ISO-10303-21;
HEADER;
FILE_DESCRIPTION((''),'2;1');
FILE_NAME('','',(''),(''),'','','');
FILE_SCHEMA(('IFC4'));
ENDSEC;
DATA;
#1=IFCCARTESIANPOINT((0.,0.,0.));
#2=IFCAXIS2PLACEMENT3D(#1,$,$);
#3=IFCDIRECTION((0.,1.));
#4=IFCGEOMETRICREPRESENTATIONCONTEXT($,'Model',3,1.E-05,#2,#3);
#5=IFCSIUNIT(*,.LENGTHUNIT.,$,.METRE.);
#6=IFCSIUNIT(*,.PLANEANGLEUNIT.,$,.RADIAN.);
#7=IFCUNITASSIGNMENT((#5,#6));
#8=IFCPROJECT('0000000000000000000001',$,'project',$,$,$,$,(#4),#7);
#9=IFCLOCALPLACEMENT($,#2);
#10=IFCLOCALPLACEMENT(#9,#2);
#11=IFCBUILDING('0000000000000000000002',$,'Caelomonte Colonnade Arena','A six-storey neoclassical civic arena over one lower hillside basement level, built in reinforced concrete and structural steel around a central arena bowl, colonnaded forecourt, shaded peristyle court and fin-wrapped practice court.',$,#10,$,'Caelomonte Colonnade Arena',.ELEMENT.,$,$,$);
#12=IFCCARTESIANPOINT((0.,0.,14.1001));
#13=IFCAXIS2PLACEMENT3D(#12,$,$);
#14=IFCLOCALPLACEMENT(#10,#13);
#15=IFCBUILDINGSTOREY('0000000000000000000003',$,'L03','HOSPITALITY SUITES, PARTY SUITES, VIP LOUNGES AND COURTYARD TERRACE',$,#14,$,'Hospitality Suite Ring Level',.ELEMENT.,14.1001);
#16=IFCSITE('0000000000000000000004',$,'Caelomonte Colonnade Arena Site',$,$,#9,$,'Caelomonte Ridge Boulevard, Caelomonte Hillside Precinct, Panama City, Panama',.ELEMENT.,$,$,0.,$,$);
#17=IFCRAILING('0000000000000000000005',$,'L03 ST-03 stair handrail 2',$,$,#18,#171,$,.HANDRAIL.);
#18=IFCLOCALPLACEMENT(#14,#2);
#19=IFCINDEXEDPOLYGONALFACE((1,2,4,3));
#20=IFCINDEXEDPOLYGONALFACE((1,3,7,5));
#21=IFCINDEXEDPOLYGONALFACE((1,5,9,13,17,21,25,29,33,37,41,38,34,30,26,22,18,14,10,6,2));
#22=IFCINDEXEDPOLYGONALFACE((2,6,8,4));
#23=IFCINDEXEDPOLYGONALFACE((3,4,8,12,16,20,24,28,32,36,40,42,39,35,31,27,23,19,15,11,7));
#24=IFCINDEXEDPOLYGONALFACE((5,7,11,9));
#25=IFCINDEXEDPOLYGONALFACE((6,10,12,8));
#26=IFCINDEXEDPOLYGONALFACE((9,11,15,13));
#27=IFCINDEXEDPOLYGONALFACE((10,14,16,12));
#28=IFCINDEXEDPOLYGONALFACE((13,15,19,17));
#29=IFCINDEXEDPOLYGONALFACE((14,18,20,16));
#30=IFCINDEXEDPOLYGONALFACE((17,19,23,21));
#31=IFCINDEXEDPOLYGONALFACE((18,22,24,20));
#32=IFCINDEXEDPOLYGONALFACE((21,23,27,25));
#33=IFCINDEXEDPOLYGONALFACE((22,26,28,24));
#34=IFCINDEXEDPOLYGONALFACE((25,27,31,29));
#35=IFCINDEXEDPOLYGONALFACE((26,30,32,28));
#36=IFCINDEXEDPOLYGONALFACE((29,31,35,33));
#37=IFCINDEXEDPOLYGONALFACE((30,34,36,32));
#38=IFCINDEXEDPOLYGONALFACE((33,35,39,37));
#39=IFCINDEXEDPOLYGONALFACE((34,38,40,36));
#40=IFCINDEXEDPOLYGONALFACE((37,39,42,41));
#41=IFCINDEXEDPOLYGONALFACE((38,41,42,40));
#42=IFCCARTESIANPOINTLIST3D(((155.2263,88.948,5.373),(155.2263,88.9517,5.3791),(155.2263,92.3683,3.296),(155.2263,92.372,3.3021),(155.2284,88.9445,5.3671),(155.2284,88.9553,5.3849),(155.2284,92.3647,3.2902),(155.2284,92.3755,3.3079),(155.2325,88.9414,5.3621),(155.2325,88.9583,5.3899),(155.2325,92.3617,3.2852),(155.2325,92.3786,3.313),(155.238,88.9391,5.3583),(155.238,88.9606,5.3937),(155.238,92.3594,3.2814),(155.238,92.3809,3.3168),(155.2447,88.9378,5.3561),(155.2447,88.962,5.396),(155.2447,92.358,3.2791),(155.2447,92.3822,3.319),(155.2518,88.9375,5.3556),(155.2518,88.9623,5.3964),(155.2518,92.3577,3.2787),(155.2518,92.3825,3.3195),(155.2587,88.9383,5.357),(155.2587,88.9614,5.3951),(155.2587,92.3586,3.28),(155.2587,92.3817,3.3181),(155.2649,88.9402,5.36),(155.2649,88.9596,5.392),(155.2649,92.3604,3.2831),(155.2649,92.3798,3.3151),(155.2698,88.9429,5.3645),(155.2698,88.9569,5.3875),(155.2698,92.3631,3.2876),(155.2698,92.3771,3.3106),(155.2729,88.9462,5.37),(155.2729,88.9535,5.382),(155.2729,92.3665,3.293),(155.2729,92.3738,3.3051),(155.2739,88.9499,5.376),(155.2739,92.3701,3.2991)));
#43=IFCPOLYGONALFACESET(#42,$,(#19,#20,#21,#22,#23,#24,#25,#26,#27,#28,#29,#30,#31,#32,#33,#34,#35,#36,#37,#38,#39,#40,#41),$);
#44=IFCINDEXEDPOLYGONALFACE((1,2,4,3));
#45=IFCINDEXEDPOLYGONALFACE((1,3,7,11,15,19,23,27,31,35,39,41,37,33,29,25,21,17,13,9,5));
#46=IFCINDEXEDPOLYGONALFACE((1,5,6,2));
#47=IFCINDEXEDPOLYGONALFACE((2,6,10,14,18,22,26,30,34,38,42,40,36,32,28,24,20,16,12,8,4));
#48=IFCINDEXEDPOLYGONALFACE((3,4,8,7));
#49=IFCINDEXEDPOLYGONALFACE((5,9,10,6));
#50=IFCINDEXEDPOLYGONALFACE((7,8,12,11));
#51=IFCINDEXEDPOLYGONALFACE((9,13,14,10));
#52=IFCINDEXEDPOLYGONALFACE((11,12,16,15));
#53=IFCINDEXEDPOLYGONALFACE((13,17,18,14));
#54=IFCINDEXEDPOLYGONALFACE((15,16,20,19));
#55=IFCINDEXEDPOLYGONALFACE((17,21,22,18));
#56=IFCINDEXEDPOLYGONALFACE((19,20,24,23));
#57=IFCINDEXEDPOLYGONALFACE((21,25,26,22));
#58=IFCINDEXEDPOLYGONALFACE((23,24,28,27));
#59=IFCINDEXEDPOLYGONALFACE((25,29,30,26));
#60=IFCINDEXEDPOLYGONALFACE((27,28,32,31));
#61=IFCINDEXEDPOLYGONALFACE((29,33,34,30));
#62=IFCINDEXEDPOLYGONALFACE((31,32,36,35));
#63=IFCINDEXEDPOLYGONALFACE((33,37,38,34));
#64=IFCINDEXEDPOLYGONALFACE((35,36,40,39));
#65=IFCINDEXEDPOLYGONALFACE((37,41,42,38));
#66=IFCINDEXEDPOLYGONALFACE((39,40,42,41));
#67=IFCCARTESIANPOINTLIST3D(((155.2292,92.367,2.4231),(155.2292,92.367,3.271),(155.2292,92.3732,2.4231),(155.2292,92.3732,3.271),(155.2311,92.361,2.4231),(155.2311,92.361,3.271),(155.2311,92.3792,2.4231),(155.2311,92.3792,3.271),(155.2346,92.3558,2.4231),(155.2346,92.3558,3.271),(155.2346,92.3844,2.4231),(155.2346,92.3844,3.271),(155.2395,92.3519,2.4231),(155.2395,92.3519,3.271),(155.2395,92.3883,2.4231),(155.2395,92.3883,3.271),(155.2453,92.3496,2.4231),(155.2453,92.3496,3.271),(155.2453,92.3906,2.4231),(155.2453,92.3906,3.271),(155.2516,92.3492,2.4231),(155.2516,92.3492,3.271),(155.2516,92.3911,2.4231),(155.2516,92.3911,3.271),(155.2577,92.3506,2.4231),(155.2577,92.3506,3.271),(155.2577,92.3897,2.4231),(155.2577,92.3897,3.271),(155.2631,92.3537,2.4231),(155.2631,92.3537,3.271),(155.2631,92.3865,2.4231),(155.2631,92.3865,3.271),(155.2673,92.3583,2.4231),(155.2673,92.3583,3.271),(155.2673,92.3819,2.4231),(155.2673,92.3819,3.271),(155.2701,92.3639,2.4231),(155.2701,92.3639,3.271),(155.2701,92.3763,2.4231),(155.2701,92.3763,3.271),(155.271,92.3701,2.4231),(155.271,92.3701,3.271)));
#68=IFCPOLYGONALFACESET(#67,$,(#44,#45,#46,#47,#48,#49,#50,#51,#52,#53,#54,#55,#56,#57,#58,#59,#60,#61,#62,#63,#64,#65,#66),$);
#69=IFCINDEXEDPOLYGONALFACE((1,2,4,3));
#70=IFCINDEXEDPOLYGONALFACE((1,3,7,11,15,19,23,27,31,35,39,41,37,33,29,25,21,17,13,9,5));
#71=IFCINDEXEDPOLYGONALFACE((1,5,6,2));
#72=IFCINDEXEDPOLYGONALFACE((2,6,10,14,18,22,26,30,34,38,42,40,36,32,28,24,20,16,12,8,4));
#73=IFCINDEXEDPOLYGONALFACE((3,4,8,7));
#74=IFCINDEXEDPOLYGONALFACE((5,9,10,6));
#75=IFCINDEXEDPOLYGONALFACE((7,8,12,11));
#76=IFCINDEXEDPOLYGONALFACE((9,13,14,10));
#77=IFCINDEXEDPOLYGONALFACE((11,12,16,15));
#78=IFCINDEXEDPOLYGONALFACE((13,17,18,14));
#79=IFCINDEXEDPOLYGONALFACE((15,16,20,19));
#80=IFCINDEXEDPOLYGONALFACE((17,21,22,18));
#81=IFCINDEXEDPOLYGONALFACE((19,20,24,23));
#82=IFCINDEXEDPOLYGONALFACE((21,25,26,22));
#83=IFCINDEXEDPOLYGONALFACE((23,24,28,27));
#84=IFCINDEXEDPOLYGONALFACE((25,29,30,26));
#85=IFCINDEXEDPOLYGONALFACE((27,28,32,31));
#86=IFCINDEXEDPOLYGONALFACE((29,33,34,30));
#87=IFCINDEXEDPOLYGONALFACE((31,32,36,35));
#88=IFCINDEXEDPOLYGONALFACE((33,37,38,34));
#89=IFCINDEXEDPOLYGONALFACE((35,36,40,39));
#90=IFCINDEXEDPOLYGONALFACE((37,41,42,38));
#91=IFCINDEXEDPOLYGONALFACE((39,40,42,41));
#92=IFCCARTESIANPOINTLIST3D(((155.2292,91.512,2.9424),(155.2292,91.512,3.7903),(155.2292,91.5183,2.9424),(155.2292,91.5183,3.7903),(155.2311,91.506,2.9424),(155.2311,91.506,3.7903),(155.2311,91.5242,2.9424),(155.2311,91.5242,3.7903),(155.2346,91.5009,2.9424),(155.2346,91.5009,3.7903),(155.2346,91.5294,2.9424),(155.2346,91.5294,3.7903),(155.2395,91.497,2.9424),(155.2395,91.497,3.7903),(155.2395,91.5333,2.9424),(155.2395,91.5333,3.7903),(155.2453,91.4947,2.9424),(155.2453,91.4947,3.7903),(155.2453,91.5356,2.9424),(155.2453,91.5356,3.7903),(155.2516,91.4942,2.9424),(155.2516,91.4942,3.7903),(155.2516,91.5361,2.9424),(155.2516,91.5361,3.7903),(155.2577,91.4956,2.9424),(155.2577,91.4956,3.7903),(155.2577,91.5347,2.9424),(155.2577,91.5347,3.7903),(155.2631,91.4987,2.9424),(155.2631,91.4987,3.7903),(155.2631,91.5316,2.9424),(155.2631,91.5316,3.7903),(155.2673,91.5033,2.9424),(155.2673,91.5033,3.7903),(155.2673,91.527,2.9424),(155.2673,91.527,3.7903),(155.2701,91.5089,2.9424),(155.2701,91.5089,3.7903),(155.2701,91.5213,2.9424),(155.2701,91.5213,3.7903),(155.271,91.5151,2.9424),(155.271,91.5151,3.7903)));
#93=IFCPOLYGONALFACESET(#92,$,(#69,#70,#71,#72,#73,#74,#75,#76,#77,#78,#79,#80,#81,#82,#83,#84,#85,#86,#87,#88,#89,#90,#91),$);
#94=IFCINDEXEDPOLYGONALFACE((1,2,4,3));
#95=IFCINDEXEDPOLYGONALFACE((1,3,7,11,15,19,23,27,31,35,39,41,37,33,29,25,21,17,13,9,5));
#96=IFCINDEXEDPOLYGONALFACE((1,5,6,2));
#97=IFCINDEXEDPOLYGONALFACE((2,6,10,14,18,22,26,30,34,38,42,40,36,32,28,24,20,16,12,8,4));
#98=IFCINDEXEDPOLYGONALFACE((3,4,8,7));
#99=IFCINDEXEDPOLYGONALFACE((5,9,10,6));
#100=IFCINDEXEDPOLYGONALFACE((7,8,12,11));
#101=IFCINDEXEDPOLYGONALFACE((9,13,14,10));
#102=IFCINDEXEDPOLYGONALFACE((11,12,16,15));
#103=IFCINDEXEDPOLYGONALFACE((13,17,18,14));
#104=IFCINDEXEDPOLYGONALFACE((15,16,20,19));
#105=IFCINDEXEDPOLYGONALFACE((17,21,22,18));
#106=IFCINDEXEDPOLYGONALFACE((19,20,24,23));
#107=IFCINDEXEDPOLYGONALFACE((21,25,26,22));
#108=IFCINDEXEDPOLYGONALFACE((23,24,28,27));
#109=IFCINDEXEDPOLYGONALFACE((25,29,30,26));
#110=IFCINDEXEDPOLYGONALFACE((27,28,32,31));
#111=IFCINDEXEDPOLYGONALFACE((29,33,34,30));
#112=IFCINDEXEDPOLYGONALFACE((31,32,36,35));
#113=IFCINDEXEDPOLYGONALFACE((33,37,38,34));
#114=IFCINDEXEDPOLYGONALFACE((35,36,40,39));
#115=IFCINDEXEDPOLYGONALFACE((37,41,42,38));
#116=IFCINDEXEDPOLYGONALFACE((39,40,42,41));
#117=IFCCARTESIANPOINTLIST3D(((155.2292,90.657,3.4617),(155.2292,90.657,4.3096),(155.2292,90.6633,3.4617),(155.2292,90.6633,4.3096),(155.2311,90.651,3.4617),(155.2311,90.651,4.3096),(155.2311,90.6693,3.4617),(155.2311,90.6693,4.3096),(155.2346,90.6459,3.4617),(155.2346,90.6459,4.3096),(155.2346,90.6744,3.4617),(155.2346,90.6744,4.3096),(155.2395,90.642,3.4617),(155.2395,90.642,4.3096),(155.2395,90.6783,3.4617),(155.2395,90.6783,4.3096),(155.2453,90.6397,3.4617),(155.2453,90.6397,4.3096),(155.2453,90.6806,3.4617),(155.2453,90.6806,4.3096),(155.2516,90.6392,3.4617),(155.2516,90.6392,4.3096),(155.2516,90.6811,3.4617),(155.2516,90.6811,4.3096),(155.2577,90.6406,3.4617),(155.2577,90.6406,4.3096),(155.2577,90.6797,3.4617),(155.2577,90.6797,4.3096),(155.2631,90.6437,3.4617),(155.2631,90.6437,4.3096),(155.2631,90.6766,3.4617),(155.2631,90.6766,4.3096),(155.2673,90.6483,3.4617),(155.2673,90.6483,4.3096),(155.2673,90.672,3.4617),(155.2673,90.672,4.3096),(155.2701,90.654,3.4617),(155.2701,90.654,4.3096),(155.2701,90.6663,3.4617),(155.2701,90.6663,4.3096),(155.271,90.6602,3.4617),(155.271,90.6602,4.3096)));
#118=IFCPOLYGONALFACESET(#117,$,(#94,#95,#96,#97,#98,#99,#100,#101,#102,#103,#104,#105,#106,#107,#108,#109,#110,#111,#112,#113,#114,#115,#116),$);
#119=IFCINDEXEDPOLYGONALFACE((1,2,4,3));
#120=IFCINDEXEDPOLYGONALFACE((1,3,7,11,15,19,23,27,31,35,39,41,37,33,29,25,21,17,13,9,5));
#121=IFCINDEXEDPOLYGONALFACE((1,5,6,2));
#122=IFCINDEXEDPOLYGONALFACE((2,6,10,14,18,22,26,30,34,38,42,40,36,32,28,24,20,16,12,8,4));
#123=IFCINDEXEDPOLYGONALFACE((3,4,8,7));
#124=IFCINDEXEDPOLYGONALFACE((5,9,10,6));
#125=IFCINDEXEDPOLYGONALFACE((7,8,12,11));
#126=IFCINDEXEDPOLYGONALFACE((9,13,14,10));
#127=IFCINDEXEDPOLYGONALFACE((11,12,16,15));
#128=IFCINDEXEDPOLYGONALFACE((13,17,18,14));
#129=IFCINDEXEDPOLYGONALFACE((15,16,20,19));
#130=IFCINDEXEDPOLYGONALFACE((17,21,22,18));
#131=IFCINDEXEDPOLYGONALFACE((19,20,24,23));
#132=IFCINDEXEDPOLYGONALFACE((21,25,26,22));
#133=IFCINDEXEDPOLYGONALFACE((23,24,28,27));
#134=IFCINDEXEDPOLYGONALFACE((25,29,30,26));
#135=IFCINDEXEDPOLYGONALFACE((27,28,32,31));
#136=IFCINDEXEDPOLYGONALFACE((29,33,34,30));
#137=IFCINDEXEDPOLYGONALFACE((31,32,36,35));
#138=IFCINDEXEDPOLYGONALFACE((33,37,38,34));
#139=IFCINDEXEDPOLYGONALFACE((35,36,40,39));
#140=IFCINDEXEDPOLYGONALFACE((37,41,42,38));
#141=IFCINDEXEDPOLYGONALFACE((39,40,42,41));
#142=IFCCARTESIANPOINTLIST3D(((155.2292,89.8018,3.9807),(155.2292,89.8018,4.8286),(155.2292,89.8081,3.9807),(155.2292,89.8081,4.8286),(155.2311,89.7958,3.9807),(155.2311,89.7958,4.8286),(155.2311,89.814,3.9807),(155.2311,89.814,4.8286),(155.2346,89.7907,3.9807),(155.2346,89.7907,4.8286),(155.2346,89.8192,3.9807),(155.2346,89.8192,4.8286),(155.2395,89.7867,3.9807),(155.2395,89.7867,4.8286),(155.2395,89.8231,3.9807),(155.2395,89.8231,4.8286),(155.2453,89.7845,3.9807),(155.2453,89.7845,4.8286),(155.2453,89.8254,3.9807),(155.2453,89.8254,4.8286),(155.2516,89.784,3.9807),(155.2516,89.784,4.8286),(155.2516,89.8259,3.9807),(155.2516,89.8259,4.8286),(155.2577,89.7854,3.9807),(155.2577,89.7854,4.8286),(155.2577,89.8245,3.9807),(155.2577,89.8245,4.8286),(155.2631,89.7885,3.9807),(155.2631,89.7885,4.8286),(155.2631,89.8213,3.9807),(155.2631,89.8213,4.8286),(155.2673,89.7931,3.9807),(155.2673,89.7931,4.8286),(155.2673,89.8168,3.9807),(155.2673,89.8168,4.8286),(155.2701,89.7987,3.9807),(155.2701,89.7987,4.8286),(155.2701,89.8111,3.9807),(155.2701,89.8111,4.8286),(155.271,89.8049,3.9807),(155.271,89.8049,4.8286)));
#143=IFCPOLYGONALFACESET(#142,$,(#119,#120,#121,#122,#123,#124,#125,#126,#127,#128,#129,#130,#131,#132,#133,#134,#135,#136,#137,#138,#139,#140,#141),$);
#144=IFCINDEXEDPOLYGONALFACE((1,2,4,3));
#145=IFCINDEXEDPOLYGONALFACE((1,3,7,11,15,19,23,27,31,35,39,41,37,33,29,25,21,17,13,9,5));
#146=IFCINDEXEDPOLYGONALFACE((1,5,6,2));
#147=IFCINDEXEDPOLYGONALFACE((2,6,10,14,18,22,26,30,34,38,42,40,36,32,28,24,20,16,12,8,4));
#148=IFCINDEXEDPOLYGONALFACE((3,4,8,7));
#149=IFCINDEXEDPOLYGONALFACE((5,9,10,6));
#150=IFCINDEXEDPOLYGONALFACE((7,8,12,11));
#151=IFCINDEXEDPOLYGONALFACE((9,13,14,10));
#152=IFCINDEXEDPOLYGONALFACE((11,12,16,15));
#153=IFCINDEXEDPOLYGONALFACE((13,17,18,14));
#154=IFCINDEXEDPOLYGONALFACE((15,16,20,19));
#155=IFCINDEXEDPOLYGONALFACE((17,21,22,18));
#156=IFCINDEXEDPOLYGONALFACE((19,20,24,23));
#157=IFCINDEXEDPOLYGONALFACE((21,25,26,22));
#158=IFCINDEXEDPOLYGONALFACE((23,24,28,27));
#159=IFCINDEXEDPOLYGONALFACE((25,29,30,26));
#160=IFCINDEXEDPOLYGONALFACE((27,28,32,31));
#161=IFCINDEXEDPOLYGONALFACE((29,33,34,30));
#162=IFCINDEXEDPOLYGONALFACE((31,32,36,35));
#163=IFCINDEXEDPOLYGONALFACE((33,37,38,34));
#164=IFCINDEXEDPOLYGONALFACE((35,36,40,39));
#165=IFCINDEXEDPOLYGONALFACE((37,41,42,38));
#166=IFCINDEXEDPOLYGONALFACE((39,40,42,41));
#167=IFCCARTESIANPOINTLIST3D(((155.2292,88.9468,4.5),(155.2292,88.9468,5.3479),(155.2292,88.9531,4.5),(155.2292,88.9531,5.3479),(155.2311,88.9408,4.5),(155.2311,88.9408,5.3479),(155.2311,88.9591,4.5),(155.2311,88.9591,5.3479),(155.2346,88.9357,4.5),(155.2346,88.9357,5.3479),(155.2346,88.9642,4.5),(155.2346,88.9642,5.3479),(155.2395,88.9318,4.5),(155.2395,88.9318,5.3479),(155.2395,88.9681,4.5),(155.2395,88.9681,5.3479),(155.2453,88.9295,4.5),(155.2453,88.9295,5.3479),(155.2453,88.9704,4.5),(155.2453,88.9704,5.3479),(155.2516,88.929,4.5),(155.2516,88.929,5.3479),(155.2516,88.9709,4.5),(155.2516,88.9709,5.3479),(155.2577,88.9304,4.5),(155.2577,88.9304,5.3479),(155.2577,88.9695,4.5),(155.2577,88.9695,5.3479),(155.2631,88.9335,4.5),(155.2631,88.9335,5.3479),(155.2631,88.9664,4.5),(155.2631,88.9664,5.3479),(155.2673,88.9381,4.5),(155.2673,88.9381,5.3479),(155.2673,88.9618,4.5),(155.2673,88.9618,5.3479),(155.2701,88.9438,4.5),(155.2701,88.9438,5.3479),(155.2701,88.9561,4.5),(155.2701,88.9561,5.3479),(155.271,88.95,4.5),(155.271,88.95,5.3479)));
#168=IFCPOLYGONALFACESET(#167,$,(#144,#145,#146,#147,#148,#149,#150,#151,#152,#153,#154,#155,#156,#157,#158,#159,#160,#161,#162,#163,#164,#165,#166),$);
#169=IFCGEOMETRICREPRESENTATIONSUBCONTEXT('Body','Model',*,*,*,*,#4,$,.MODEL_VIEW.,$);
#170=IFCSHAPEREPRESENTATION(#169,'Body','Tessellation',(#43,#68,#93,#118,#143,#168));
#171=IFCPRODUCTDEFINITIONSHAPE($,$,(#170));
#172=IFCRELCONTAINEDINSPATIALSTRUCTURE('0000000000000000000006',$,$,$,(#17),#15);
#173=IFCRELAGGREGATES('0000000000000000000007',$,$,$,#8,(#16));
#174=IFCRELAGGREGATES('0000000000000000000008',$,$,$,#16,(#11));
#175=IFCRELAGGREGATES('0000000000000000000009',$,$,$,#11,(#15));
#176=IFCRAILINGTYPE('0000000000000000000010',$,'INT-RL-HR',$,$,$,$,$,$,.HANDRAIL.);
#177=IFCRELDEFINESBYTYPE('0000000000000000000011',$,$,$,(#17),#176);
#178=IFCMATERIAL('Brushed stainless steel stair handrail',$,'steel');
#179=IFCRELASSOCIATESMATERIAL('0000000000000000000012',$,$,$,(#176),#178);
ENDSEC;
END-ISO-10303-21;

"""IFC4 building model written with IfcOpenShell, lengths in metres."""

from ifc_helpers import new_model, si_unit, direction, frame, origin, origin_2d, place, context, subcontext, project, spatial, circle, extrude, material, type_object, element, save


model = new_model("IFC4")

# Units and contexts
model_context = context("Model", 3, precision=1e-05, world=origin(), true_north=direction((0.0, 1.0)))
body_context = subcontext(model_context, "Body", "Model", "MODEL_VIEW")
ifc_project = project(units=[si_unit("LENGTHUNIT", "METRE"), si_unit("PLANEANGLEUNIT", "RADIAN")], contexts=[model_context])

# Site, building, storey
site_placement = place(None, origin())
site = spatial("IfcSite", under=ifc_project, at=site_placement, Name="Caelomonte Colonnade Arena Site", LongName="Caelomonte Ridge Boulevard, Caelomonte Hillside Precinct, Panama City, Panama", CompositionType="ELEMENT", RefElevation=0.0)
building_placement = place(site_placement, origin())
building = spatial("IfcBuilding", under=site, at=building_placement, Name="Caelomonte Colonnade Arena", Description="A six-storey neoclassical civic arena over one lower hillside basement level, built in reinforced concrete and structural steel around a central arena bowl, colonnaded forecourt, shaded peristyle court and fin-wrapped practice court.", LongName="Caelomonte Colonnade Arena", CompositionType="ELEMENT")
storey_placement = place(building_placement, frame((0.0, 0.0, 14.1001)))
storey = spatial("IfcBuildingStorey", under=building, at=storey_placement, Name="L03", Description="HOSPITALITY SUITES, PARTY SUITES, VIP LOUNGES AND COURTYARD TERRACE", LongName="Hospitality Suite Ring Level", CompositionType="ELEMENT", Elevation=14.1001)

# Railing
ifc_material_1 = material(Name="Brushed stainless steel stair handrail", Category="steel")
railing_type_1 = type_object("IfcRailingType", Name="INT-RL-HR", PredefinedType="HANDRAIL", material=ifc_material_1)
railing_1_placement = place(storey_placement, frame((155.25, 92.3701, 2.4231)))
element("IfcRailing", 1, at=railing_1_placement, inside=storey, type_object=railing_type_1, Name="L03 ST-03 stair handrail 2", PredefinedType="HANDRAIL", context=body_context, shape_type="SweptSolid", body=[
    extrude(circle(Radius=0.0239, at=origin_2d()), frame((0.0, 0.0, 0.876), z_axis=(0.0, -0.854746, 0.519047), x_axis=(1.0, 0.0, 0.0)), (0.0, 0.0, 1.0), 4.0015),
    extrude(circle(Radius=0.021, at=origin_2d()), origin(), (0.0, 0.0, 1.0), 0.8479),
    extrude(circle(Radius=0.021, at=origin_2d()), frame((0.0, -0.855, 0.5193)), (0.0, 0.0, 1.0), 0.8479),
    extrude(circle(Radius=0.021, at=origin_2d()), frame((0.0, -1.71, 1.0386)), (0.0, 0.0, 1.0), 0.8479),
    extrude(circle(Radius=0.021, at=origin_2d()), frame((0.0, -2.5652, 1.5576)), (0.0, 0.0, 1.0), 0.8479),
    extrude(circle(Radius=0.021, at=origin_2d()), frame((0.0, -3.4202, 2.0769)), (0.0, 0.0, 1.0), 0.8479),
])

save(model, "model.ifc")
